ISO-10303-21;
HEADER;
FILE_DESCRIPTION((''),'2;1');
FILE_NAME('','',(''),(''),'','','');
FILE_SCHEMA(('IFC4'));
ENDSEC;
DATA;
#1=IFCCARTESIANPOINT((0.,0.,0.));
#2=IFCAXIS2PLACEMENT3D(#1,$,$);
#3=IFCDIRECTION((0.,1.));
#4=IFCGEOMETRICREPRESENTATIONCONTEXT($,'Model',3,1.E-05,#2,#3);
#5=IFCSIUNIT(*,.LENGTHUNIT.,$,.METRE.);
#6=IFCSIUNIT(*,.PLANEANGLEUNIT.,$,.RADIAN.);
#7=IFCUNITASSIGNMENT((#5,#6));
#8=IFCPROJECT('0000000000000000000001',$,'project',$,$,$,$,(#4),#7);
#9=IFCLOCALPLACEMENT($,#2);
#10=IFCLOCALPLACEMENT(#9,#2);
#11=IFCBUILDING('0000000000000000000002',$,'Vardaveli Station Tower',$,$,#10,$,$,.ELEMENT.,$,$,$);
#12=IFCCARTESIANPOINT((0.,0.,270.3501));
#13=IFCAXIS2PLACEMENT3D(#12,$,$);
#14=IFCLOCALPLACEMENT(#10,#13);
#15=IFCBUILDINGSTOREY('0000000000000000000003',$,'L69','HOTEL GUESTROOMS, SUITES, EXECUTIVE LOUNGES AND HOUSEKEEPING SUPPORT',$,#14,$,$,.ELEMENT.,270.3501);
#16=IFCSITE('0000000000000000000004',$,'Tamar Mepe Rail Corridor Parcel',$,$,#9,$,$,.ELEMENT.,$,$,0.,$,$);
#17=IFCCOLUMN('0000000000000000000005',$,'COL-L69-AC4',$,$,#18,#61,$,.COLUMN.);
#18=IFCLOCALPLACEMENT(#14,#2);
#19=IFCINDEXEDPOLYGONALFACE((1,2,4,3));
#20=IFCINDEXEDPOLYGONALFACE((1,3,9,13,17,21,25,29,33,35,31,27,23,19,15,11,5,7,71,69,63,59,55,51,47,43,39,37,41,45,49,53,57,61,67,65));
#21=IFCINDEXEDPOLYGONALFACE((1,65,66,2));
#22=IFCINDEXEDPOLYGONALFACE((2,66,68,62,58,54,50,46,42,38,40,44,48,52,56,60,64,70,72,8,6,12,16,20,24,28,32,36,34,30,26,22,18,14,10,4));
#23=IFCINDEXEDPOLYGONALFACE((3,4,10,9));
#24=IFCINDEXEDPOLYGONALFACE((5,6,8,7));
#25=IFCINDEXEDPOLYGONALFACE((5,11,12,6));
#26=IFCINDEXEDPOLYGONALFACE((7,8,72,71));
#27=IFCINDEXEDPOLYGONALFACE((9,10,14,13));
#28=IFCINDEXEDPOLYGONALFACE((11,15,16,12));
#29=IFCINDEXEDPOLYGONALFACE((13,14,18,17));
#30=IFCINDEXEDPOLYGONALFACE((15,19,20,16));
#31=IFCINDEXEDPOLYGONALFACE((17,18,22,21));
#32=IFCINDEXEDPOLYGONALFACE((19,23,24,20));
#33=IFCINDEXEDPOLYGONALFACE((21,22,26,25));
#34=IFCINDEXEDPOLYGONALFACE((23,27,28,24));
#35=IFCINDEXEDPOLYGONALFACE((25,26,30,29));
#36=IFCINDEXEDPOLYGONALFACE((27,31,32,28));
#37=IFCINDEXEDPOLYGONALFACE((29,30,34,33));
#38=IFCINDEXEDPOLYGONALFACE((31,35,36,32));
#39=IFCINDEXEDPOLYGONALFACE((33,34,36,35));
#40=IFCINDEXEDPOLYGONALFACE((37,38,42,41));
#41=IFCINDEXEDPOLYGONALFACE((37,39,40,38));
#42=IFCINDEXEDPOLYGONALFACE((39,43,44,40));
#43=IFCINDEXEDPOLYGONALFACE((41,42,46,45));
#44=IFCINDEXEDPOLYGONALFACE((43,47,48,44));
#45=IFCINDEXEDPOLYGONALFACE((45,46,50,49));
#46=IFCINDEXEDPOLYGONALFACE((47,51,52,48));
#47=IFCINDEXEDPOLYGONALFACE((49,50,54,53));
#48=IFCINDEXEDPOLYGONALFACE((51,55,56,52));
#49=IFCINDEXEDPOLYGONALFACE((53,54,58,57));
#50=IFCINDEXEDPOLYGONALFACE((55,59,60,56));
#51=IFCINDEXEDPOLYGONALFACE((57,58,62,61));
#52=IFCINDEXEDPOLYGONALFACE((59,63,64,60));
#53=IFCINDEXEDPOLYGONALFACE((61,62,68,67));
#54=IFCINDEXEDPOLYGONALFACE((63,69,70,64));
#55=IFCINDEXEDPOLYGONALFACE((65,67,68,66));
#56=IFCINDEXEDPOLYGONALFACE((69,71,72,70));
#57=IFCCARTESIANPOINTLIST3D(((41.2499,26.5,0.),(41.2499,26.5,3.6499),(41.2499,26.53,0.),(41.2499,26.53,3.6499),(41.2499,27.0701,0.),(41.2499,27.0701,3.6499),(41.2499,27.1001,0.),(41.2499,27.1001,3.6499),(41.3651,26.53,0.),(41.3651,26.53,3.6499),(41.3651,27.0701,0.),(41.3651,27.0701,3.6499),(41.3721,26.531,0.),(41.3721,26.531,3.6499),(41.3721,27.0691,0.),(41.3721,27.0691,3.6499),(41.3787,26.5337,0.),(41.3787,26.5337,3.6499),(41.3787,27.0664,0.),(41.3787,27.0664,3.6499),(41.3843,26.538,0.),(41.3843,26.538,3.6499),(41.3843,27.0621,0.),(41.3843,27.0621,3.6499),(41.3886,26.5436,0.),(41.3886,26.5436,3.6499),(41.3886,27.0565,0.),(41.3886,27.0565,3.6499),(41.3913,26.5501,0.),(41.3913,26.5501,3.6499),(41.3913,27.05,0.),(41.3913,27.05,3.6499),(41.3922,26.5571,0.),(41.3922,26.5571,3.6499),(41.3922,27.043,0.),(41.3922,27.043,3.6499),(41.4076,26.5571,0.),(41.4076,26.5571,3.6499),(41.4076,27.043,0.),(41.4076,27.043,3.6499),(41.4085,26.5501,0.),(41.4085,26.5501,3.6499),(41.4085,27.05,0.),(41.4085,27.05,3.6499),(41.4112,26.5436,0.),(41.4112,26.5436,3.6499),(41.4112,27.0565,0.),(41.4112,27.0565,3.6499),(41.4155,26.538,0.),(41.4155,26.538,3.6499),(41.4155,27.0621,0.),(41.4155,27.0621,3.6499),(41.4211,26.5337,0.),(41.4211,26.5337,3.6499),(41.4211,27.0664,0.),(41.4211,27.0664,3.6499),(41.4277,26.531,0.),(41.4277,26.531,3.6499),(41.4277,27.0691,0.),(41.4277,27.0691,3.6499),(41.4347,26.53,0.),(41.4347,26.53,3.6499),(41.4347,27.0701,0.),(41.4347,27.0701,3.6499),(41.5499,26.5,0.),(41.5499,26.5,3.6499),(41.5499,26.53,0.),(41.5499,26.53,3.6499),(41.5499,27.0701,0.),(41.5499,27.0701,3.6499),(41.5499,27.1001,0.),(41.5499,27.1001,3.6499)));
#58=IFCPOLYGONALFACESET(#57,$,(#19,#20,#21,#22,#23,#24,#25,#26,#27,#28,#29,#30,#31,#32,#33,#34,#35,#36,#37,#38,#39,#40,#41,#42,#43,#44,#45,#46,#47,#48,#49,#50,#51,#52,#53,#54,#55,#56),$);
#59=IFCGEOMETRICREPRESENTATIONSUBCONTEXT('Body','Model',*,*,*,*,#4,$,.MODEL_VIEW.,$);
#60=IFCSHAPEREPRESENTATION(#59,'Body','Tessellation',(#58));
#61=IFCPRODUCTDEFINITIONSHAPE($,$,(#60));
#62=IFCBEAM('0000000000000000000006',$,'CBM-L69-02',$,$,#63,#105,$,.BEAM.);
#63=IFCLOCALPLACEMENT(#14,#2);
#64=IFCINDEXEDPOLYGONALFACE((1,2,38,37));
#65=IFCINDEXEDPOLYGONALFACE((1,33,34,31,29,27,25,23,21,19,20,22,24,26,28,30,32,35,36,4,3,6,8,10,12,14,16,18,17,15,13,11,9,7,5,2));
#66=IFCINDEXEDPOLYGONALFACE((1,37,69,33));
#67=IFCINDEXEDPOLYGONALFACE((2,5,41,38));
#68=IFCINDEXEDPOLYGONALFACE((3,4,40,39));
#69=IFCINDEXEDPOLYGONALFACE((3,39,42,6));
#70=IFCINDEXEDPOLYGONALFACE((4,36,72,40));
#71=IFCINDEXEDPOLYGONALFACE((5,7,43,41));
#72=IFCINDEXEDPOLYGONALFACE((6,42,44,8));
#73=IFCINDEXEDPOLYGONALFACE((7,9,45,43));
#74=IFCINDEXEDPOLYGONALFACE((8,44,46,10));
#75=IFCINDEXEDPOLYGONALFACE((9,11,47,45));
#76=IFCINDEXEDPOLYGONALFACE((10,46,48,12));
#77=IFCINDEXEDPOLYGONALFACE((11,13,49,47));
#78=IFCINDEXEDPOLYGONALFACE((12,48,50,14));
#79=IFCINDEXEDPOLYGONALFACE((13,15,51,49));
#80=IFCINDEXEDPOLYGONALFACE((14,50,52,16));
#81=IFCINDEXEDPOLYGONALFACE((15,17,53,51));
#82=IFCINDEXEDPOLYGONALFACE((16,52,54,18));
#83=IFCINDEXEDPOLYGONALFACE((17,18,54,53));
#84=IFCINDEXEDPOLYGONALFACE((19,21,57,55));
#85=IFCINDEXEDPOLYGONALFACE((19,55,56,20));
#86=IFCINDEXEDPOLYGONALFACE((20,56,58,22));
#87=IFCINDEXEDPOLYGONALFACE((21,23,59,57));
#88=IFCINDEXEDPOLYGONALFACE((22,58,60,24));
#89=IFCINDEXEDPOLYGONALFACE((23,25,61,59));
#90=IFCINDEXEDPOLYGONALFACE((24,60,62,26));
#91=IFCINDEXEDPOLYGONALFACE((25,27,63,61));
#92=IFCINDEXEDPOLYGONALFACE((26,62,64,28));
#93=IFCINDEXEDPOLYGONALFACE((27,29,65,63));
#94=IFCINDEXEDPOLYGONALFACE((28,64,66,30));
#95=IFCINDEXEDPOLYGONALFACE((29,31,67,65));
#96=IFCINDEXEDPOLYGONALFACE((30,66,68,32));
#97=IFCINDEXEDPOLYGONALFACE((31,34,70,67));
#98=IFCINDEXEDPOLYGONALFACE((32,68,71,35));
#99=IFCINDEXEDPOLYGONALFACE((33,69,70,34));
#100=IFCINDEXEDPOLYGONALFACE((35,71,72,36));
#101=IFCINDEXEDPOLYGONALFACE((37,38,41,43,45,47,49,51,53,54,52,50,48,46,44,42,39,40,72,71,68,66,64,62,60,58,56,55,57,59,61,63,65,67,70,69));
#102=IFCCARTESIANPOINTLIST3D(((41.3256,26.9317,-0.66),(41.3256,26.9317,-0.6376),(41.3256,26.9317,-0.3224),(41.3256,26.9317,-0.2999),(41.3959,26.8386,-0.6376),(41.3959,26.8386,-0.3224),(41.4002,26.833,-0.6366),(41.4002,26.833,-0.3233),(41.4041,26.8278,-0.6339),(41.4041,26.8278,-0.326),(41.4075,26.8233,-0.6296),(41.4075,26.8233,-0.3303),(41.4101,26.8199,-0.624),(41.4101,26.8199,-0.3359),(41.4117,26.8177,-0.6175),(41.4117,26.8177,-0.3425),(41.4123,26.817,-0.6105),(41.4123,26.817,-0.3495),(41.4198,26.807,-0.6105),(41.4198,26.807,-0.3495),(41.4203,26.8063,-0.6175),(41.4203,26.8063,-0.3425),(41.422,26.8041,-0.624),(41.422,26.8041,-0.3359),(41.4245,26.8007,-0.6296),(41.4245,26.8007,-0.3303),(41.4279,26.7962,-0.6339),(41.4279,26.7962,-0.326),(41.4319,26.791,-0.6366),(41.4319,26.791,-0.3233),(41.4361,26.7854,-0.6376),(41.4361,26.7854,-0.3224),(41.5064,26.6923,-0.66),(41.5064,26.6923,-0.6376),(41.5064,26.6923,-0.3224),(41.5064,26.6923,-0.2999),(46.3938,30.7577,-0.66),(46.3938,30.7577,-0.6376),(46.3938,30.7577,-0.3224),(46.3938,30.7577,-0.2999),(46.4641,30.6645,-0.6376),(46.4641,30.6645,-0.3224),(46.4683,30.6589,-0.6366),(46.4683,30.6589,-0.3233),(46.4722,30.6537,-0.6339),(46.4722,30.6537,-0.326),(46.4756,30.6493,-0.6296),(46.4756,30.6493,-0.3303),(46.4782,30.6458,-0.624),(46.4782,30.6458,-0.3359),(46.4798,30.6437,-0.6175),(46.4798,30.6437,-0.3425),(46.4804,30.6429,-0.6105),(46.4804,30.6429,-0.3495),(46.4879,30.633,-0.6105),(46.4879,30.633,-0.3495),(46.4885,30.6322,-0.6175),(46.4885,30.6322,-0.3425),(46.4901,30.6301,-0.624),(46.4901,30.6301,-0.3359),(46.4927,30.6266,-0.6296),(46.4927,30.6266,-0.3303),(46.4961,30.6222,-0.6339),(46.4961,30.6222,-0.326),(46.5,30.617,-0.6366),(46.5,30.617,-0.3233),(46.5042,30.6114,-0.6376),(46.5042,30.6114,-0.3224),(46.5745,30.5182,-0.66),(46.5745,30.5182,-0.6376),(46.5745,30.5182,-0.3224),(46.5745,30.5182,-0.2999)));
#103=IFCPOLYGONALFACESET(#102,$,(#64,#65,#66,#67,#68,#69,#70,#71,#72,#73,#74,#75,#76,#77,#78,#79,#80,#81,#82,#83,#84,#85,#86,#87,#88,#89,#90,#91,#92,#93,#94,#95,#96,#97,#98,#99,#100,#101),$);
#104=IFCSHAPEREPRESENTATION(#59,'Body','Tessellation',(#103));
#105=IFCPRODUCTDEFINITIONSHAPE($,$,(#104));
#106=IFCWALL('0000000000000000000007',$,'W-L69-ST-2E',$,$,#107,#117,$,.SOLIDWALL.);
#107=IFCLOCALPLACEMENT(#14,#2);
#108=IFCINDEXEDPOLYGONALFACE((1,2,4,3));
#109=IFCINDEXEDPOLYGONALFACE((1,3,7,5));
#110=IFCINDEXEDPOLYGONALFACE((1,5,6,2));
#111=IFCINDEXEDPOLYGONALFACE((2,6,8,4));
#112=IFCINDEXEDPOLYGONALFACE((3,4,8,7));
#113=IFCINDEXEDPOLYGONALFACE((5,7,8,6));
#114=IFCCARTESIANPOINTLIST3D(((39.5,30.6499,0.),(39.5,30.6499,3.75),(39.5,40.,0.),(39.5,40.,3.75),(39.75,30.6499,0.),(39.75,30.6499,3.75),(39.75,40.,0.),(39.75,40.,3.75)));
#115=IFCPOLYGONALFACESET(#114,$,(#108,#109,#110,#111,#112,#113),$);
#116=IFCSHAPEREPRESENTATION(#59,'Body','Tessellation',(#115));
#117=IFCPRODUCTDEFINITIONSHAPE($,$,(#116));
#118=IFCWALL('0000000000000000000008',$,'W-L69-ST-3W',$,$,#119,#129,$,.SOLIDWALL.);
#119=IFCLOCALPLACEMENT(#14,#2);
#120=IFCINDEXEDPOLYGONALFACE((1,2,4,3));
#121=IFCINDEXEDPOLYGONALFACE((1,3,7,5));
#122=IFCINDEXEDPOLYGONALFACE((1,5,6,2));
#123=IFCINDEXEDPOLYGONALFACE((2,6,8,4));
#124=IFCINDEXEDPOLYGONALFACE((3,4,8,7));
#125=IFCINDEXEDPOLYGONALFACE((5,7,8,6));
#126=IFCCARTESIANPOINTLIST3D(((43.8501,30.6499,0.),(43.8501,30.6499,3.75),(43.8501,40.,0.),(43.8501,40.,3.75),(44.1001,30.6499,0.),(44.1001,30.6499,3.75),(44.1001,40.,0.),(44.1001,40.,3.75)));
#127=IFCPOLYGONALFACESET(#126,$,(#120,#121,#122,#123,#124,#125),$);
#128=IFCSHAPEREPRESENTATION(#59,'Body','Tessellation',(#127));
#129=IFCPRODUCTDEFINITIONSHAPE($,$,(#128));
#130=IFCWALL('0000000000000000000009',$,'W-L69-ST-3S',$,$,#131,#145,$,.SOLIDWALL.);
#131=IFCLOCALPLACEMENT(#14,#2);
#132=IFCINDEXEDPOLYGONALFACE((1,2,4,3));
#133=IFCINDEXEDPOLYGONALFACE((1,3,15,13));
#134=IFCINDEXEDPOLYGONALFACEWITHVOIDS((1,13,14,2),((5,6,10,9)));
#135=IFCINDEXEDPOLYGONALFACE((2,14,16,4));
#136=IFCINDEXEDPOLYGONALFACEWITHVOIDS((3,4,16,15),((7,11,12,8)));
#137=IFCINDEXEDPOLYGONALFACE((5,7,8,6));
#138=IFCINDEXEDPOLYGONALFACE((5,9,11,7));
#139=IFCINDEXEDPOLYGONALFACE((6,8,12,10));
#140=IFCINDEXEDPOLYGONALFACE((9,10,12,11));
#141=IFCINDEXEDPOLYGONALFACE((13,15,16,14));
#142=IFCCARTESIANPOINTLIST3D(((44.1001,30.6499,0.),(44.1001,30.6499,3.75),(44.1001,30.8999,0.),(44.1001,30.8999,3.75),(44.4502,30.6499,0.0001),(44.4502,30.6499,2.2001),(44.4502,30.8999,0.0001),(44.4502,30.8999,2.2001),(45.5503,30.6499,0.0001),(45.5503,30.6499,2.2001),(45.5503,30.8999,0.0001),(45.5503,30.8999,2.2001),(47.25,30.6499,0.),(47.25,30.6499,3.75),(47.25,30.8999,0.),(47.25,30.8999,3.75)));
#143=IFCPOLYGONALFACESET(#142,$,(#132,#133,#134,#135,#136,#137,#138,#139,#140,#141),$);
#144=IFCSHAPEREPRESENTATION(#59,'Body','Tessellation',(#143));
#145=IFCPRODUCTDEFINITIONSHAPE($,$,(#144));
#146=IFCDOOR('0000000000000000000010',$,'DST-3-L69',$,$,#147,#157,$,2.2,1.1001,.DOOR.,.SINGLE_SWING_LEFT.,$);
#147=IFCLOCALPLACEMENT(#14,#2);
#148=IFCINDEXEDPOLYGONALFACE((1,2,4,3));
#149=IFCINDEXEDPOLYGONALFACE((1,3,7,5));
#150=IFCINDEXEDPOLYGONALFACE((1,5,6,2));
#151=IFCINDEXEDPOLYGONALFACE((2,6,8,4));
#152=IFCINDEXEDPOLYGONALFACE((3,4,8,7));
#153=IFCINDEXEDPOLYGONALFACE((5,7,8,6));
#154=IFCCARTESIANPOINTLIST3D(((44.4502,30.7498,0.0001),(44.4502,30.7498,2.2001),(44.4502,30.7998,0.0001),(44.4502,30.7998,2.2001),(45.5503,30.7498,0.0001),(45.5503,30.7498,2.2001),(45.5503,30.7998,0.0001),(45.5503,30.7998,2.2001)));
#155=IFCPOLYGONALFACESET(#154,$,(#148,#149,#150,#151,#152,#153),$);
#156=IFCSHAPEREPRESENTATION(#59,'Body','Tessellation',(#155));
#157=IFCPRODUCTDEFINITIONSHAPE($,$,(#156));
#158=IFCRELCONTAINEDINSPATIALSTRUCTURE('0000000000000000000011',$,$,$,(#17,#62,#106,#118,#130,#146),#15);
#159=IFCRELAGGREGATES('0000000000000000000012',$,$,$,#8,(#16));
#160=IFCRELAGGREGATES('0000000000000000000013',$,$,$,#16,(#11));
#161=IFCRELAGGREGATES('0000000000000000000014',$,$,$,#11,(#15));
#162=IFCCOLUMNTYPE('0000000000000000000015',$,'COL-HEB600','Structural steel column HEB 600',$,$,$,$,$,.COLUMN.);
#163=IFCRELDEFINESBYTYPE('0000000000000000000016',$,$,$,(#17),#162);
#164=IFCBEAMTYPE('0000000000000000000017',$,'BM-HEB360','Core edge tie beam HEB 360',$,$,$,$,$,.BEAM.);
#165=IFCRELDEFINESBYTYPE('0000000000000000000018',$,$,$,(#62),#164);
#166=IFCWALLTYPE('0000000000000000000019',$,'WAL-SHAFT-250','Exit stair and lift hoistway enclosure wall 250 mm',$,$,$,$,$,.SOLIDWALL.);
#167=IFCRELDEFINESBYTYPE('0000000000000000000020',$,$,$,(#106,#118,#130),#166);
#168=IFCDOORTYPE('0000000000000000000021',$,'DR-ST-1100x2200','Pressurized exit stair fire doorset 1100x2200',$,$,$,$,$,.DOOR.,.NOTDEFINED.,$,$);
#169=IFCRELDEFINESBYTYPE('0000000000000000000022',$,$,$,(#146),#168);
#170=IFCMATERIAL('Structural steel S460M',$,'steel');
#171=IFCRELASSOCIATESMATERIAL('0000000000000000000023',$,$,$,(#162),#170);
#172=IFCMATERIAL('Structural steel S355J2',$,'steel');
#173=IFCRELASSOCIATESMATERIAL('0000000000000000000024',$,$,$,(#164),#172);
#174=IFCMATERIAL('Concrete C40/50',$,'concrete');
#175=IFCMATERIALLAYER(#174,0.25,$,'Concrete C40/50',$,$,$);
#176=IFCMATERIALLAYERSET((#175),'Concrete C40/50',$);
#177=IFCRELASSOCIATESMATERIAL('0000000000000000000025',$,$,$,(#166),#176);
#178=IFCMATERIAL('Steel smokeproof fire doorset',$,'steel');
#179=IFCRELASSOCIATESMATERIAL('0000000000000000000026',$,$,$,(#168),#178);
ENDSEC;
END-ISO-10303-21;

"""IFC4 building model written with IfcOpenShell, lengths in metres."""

from ifc_helpers import new_model, si_unit, direction, frame, frame_2d, origin, origin_2d, place, context, subcontext, project, spatial, rectangle, i_section, extrude, source, transform, mapped, material, layer, layer_set, material_profile, profile_set, type_object, element, fill, save


model = new_model("IFC4")

# Units and contexts
model_context = context("Model", 3, precision=1e-05, world=origin(), true_north=direction((0.0, 1.0)))
body_context = subcontext(model_context, "Body", "Model", "MODEL_VIEW")
ifc_project = project(units=[si_unit("LENGTHUNIT", "METRE"), si_unit("PLANEANGLEUNIT", "RADIAN")], contexts=[model_context])

# Site, building, storey
site_placement = place(None, origin())
site = spatial("IfcSite", under=ifc_project, at=site_placement, Name="Tamar Mepe Rail Corridor Parcel", CompositionType="ELEMENT", RefElevation=0.0)
building_placement = place(site_placement, origin())
building = spatial("IfcBuilding", under=site, at=building_placement, Name="Vardaveli Station Tower", CompositionType="ELEMENT")
storey_placement = place(building_placement, frame((0.0, 0.0, 270.3501)))
storey = spatial("IfcBuildingStorey", under=building, at=storey_placement, Name="L69", Description="HOTEL GUESTROOMS, SUITES, EXECUTIVE LOUNGES AND HOUSEKEEPING SUPPORT", CompositionType="ELEMENT", Elevation=270.3501)

# Column
ifc_material_1 = material(Name="Structural steel S460M", Category="steel")
ifc_material_profile_1 = material_profile(ifc_material_1, i_section(OverallWidth=0.3, OverallDepth=0.6001, WebThickness=0.0154, FlangeThickness=0.03, FilletRadius=0.0271, at=origin_2d()), Name="HEB 600")
ifc_profile_set_1 = profile_set([ifc_material_profile_1], Name="Structural steel S460M")
column_type = type_object("IfcColumnType", Name="COL-HEB600", Description="Structural steel column HEB 600", PredefinedType="COLUMN", material=ifc_profile_set_1)
shared_shape_1 = source(origin(), body_context, "Body", "SweptSolid", [
    extrude(i_section(OverallWidth=0.3, OverallDepth=0.6001, WebThickness=0.0154, FlangeThickness=0.03, FilletRadius=0.0271, at=origin_2d()), origin(), (0.0, 0.0, 1.0), 3.6499),
])
column_placement = place(storey_placement, frame((41.3999, 26.8, 0.0), z_axis=(0.0, 0.0, 1.0), x_axis=(1.0, 0.0, 0.0)))
element("IfcColumn", 1, at=column_placement, inside=storey, type_object=column_type, Name="COL-L69-AC4", PredefinedType="COLUMN", context=body_context, shape_type="MappedRepresentation", body=[
    mapped(shared_shape_1, transform((0.0, 0.0, 0.0), scale=1.0)),
])

# Beam
ifc_material_2 = material(Name="Structural steel S355J2", Category="steel")
ifc_material_profile_2 = material_profile(ifc_material_2, i_section(OverallWidth=0.3, OverallDepth=0.3601, WebThickness=0.0125, FlangeThickness=0.0225, FilletRadius=0.0271, at=origin_2d()), Name="HEB 360")
ifc_profile_set_2 = profile_set([ifc_material_profile_2], Name="Structural steel S355J2")
beam_type = type_object("IfcBeamType", Name="BM-HEB360", Description="Core edge tie beam HEB 360", PredefinedType="BEAM", material=ifc_profile_set_2)
shared_shape_2 = source(origin(), body_context, "Body", "SweptSolid", [
    extrude(i_section(OverallWidth=0.3, OverallDepth=0.3601, WebThickness=0.0125, FlangeThickness=0.0225, FilletRadius=0.0271, at=origin_2d()), origin(), (0.0, 0.0, 1.0), 6.3501),
])
beam_placement = place(storey_placement, frame((41.416, 26.812, -0.48), z_axis=(0.798118, 0.602501, 0.0), x_axis=(-0.602501, 0.798118, 0.0)))
element("IfcBeam", 2, at=beam_placement, inside=storey, type_object=beam_type, Name="CBM-L69-02", PredefinedType="BEAM", context=body_context, shape_type="MappedRepresentation", body=[
    mapped(shared_shape_2, transform((0.0, 0.0, 0.0), scale=1.0)),
])

# Walls
ifc_material_3 = material(Name="Concrete C40/50", Category="concrete")
ifc_layer_1 = layer(ifc_material_3, 0.25, Name="Concrete C40/50")
ifc_layer_set_1 = layer_set([ifc_layer_1], Name="Concrete C40/50")
wall_type_1 = type_object("IfcWallType", Name="WAL-SHAFT-250", Description="Exit stair and lift hoistway enclosure wall 250 mm", PredefinedType="SOLIDWALL", material=ifc_layer_set_1)
shared_shape_3 = source(origin(), body_context, "Body", "SweptSolid", [
    extrude(rectangle(XDim=9.3501, YDim=0.25, at=frame_2d((4.675, 0.0))), origin(), (0.0, 0.0, 1.0), 3.75),
])
for number, where, z_axis, x_axis, name in (
    (3, (39.625, 30.6499, 0.0), (0.0, 0.0, 1.0), (0.0, 1.0, 0.0), "W-L69-ST-2E"),
    (4, (43.9751, 30.6499, 0.0), (0.0, 0.0, 1.0), (0.0, 1.0, 0.0), "W-L69-ST-3W"),
):
    element("IfcWall", number, at=place(storey_placement, frame(where, z_axis=z_axis, x_axis=x_axis)), inside=storey, type_object=wall_type_1, Name=name, PredefinedType="SOLIDWALL", context=body_context, shape_type="MappedRepresentation", body=[
        mapped(shared_shape_3, transform((0.0, 0.0, 0.0), scale=1.0)),
    ])

# Wall, opening, door
shared_shape_4 = source(origin(), body_context, "Body", "SweptSolid", [
    extrude(rectangle(XDim=3.1499, YDim=0.25, at=frame_2d((1.575, 0.0))), origin(), (0.0, 0.0, 1.0), 3.75),
])
wall_1_placement = place(storey_placement, frame((44.1001, 30.7749, 0.0), z_axis=(0.0, 0.0, 1.0), x_axis=(1.0, 0.0, 0.0)))
wall_1 = element("IfcWall", 5, at=wall_1_placement, inside=storey, type_object=wall_type_1, Name="W-L69-ST-3S", PredefinedType="SOLIDWALL", context=body_context, shape_type="MappedRepresentation", body=[
    mapped(shared_shape_4, transform((0.0, 0.0, 0.0), scale=1.0)),
])
shared_shape_5 = source(origin(), body_context, "Body", "SweptSolid", [
    extrude(rectangle(XDim=1.1001, YDim=2.2, at=frame_2d((0.55, 1.1001))), frame((0.0, 0.135, 0.0), z_axis=(0.0, -1.0, 0.0), x_axis=(1.0, 0.0, 0.0)), (0.0, 0.0, 1.0), 0.27),
])
opening_1_placement = place(wall_1_placement, frame((0.3501, 0.0, 0.0)))
opening_1 = element("IfcOpeningElement", 6, at=opening_1_placement, cuts=wall_1, PredefinedType="OPENING", context=body_context, shape_type="MappedRepresentation", body=[
    mapped(shared_shape_5, transform((0.0, 0.0, 0.0), scale=1.0)),
])
ifc_material_4 = material(Name="Steel smokeproof fire doorset", Category="steel")
door_type_1 = type_object("IfcDoorType", Name="DR-ST-1100x2200", Description="Pressurized exit stair fire doorset 1100x2200", OperationType="NOTDEFINED", PredefinedType="DOOR", material=ifc_material_4)
shared_shape_6 = source(origin(), body_context, "Body", "SweptSolid", [
    extrude(rectangle(XDim=1.1001, YDim=2.2, at=frame_2d((0.55, 1.1001))), frame((0.0, 0.0249, 0.0), z_axis=(0.0, -1.0, 0.0), x_axis=(1.0, 0.0, 0.0)), (0.0, 0.0, 1.0), 0.05),
])
door_1_placement = place(opening_1_placement, origin())
door_1 = element("IfcDoor", 7, at=door_1_placement, inside=storey, type_object=door_type_1, Name="DST-3-L69", OperationType="SINGLE_SWING_LEFT", OverallHeight=2.2, OverallWidth=1.1001, PredefinedType="DOOR", context=body_context, shape_type="MappedRepresentation", body=[
    mapped(shared_shape_6, transform((0.0, 0.0, 0.0), scale=1.0)),
])
fill(opening_1, door_1)

save(model, "model.ifc")
